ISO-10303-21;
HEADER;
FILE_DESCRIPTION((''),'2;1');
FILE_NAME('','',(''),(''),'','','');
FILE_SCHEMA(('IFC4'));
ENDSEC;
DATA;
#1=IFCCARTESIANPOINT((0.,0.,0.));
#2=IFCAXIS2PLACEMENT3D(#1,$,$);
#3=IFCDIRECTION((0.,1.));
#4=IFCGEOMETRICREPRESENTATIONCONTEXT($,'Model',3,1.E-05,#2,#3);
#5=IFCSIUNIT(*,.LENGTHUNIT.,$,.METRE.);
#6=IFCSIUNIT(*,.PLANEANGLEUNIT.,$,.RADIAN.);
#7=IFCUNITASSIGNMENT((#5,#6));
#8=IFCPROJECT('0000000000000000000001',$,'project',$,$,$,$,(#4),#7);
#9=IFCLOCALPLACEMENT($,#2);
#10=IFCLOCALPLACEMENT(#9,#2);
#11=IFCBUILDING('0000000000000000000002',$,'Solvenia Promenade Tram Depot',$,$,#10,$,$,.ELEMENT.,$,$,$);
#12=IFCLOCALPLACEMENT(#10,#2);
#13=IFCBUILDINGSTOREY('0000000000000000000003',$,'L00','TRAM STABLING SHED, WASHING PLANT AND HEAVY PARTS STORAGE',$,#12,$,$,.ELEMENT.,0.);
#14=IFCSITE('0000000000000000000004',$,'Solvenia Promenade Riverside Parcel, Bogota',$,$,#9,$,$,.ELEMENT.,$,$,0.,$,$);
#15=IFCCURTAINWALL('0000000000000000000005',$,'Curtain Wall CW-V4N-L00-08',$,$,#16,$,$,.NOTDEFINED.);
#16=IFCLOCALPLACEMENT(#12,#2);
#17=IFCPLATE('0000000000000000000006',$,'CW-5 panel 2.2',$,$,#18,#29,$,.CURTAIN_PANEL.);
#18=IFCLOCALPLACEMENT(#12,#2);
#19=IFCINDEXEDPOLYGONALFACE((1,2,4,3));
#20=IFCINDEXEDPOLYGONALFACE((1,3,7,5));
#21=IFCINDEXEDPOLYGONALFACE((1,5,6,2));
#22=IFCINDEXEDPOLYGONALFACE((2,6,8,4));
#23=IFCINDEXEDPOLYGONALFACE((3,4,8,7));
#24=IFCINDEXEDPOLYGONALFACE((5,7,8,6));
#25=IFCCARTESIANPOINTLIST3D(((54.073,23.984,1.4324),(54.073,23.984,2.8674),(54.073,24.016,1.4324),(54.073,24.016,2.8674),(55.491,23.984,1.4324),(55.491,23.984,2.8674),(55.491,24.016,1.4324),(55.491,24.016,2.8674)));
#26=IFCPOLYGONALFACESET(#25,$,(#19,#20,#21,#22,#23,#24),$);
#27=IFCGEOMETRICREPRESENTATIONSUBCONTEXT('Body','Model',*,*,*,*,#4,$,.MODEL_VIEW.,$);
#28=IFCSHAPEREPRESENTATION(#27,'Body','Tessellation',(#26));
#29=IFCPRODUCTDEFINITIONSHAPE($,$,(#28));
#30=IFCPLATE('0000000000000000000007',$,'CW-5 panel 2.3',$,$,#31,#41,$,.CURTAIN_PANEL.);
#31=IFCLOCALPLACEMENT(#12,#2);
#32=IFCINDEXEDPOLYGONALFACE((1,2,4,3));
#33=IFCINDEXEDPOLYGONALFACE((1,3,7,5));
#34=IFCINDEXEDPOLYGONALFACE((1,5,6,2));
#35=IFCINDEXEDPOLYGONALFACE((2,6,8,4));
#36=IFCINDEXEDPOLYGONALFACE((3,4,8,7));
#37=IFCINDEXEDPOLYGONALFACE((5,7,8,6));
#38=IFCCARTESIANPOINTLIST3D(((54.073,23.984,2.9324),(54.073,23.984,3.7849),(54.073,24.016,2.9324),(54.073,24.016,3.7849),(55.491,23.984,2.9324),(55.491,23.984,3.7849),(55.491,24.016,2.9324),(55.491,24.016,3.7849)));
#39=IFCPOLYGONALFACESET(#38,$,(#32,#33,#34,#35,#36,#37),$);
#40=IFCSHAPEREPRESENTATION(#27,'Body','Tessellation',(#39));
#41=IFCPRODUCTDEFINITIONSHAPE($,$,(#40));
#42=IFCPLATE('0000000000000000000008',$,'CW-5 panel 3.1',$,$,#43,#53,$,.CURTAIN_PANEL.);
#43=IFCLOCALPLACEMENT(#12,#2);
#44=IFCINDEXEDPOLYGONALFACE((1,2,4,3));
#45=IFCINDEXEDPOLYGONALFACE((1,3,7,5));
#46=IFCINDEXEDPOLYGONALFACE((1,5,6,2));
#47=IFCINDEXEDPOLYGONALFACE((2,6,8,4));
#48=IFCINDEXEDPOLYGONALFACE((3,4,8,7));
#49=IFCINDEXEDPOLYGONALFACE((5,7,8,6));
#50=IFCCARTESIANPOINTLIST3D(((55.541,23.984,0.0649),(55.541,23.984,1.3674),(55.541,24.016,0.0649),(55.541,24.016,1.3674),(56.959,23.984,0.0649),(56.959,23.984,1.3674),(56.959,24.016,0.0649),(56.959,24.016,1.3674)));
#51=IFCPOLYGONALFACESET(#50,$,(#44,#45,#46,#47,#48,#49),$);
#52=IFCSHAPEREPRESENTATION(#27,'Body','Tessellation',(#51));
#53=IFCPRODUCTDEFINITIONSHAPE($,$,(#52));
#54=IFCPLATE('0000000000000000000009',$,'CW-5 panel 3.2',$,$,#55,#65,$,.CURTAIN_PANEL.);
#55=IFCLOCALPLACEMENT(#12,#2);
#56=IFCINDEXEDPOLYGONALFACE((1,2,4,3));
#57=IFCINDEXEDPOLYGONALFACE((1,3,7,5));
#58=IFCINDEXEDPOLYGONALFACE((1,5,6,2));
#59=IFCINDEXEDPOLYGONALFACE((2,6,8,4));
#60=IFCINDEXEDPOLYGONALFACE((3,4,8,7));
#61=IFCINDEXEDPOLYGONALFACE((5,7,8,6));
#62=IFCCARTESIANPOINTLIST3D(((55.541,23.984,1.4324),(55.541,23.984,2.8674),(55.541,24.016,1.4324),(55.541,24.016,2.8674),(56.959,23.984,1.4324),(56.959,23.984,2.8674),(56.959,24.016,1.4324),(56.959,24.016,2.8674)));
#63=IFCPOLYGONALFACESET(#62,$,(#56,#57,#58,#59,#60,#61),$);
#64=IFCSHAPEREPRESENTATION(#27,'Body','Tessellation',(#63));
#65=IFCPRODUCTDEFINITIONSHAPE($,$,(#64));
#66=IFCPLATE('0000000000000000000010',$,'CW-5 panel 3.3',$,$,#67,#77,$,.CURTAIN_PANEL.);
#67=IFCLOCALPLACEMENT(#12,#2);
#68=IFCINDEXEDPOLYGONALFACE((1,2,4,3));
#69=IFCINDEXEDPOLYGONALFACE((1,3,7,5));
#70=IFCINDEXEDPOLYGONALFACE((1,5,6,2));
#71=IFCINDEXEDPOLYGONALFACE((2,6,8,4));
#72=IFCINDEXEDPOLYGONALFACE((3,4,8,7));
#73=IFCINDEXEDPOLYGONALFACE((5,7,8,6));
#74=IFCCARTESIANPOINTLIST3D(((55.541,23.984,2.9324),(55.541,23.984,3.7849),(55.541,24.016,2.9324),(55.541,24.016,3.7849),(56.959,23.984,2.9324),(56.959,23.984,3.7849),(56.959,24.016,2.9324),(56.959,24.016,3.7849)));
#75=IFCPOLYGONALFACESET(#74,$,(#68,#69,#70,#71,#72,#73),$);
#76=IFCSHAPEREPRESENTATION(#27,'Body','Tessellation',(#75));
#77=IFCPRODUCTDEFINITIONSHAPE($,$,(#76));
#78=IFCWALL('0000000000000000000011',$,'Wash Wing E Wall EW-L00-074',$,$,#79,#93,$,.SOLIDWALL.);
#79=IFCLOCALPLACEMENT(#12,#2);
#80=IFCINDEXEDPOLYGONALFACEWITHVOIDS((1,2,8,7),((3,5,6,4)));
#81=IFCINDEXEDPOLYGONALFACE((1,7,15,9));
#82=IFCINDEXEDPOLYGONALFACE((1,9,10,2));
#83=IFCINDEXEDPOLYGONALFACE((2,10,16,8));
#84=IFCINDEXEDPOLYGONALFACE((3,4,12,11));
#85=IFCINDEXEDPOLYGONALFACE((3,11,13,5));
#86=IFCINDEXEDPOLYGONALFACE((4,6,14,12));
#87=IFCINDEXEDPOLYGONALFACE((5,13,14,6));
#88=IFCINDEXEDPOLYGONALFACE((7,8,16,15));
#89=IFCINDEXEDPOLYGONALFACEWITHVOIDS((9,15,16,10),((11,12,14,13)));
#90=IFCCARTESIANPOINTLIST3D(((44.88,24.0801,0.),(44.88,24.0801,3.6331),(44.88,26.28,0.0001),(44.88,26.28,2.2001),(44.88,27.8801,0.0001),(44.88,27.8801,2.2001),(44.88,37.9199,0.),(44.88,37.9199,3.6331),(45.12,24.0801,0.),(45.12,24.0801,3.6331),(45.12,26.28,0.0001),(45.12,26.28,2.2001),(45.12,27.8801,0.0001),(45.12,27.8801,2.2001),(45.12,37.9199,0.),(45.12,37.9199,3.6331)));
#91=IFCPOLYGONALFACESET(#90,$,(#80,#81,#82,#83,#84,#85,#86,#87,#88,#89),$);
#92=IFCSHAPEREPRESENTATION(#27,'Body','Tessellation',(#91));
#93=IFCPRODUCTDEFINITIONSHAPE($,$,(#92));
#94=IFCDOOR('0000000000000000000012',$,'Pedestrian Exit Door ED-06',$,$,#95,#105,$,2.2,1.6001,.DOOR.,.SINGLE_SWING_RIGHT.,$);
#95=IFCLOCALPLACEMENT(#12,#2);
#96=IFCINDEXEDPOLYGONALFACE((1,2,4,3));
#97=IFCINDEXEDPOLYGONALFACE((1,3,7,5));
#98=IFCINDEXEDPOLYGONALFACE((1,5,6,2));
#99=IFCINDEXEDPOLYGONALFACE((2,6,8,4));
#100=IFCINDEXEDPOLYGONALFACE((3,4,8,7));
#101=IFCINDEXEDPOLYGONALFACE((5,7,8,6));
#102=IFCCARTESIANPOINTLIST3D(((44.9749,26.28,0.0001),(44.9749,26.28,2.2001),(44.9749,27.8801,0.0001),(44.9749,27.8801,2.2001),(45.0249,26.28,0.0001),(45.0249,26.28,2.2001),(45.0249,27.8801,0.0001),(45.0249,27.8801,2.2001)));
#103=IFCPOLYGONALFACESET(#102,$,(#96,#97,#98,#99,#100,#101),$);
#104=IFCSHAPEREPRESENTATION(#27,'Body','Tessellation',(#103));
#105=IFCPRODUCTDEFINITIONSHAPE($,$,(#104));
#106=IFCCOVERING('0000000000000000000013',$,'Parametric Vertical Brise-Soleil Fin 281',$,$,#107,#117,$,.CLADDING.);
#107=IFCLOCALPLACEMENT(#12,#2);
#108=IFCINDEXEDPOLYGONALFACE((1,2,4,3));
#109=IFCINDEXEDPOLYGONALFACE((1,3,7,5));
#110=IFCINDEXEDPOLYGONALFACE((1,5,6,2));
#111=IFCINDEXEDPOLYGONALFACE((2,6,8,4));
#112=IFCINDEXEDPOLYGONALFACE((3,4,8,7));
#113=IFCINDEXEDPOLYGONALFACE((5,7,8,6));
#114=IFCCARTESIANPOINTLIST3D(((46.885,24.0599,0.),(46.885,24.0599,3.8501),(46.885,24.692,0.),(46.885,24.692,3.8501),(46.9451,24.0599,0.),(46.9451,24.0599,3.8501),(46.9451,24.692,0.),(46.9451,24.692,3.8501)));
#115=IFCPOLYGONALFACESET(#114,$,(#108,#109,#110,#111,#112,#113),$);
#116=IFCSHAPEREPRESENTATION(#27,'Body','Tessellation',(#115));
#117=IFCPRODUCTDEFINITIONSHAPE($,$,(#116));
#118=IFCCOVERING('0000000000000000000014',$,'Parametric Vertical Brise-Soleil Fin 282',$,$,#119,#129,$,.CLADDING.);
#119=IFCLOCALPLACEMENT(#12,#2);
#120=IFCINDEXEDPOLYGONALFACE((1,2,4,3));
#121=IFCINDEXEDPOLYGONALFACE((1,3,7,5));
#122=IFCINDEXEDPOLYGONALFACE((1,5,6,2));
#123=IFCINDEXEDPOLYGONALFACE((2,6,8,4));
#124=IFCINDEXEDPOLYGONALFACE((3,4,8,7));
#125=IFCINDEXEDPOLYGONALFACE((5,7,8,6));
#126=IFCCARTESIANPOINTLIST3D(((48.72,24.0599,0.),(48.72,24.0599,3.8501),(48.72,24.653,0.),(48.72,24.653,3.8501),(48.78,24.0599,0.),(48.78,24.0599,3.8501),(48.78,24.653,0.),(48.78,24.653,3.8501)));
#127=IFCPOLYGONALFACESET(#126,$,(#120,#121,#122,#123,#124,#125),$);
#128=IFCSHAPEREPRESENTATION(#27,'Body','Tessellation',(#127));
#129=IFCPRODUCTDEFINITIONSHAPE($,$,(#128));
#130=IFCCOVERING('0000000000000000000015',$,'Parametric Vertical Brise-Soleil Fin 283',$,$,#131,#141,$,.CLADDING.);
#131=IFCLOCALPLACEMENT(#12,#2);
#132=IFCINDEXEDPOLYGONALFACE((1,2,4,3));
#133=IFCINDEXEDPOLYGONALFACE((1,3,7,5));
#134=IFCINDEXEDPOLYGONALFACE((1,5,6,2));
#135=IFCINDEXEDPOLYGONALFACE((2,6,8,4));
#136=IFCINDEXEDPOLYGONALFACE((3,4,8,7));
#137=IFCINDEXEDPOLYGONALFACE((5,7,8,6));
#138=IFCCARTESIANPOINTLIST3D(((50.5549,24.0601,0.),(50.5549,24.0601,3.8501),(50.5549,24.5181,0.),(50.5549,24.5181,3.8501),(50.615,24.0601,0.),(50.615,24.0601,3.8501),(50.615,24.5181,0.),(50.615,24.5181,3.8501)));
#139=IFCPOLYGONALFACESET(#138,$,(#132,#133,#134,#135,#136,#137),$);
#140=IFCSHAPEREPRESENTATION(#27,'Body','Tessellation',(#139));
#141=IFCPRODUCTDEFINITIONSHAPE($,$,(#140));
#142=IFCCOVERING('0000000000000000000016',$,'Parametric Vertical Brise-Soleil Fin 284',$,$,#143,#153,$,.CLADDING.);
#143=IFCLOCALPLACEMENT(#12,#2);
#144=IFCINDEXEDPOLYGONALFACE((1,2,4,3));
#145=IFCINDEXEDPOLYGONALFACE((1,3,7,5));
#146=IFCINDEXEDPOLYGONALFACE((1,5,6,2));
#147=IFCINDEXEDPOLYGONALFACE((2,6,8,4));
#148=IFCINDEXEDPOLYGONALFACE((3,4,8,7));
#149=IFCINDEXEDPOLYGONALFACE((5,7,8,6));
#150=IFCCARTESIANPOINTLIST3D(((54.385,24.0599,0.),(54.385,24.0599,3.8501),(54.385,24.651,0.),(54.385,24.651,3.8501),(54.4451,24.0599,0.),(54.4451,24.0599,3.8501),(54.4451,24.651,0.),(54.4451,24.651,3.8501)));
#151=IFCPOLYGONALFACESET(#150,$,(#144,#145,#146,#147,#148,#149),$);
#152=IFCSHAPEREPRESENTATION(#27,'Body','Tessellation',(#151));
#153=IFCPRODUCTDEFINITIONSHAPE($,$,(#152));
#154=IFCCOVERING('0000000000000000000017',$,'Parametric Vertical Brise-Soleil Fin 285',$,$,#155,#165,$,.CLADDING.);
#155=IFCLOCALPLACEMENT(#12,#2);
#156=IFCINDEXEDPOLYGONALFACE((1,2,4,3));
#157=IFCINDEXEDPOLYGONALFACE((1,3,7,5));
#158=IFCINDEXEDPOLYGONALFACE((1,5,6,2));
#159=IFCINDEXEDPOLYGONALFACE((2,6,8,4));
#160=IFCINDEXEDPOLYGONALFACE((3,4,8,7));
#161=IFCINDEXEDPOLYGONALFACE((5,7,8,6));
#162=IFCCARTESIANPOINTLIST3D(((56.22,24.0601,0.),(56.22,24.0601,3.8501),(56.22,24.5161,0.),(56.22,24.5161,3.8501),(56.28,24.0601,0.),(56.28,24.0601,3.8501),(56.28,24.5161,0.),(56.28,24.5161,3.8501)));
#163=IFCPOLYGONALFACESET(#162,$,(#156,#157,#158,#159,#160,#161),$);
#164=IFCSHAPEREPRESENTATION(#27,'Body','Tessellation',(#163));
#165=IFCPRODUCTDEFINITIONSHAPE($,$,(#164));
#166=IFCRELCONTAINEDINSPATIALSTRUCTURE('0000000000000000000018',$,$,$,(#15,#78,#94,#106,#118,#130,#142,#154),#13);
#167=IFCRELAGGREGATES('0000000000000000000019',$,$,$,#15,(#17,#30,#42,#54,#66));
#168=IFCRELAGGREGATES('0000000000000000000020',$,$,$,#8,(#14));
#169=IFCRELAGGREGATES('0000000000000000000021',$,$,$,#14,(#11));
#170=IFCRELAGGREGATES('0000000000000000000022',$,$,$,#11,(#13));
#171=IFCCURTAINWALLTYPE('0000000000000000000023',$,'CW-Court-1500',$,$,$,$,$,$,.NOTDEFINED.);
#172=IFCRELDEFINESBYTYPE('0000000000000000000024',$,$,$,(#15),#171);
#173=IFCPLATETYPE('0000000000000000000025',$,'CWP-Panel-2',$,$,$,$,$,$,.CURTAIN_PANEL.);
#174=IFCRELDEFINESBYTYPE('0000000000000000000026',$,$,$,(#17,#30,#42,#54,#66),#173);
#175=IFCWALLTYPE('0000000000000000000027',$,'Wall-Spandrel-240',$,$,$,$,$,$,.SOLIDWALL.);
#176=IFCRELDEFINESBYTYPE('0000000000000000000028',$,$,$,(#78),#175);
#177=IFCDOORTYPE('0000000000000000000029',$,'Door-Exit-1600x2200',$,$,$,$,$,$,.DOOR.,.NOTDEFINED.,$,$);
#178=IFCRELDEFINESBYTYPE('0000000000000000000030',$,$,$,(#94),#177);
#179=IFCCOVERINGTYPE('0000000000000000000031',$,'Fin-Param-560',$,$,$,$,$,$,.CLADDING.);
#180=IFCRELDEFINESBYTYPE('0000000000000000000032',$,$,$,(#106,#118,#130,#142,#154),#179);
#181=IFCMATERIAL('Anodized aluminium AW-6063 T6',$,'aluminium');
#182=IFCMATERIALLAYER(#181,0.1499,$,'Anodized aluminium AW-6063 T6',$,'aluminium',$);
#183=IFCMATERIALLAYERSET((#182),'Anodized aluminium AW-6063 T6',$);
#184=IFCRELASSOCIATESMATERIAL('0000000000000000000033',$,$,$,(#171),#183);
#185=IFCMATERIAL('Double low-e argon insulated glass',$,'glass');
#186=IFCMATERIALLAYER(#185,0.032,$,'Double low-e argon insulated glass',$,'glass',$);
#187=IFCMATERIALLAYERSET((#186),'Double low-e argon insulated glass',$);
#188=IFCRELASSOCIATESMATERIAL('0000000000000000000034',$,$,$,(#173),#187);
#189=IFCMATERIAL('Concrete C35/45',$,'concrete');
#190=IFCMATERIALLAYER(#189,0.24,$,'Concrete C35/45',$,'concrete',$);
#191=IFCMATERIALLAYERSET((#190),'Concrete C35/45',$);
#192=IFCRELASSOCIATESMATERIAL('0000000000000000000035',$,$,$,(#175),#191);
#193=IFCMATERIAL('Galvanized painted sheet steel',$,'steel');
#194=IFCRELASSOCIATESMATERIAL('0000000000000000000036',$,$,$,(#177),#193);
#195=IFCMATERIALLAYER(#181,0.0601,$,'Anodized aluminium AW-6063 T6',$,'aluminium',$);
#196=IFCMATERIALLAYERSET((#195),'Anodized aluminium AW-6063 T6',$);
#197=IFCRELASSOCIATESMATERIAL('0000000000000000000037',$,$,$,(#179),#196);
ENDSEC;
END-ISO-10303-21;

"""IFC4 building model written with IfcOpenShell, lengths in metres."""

from ifc_helpers import new_model, si_unit, direction, frame, frame_2d, origin, origin_2d, place, context, subcontext, project, spatial, rectangle, extrude, material, layer, layer_set, type_object, element, fill, aggregate, save


model = new_model("IFC4")

# Units and contexts
model_context = context("Model", 3, precision=1e-05, world=origin(), true_north=direction((0.0, 1.0)))
body_context = subcontext(model_context, "Body", "Model", "MODEL_VIEW")
ifc_project = project(units=[si_unit("LENGTHUNIT", "METRE"), si_unit("PLANEANGLEUNIT", "RADIAN")], contexts=[model_context])

# Site, building, storey
site_placement = place(None, origin())
site = spatial("IfcSite", under=ifc_project, at=site_placement, Name="Solvenia Promenade Riverside Parcel, Bogota", CompositionType="ELEMENT", RefElevation=0.0)
building_placement = place(site_placement, origin())
building = spatial("IfcBuilding", under=site, at=building_placement, Name="Solvenia Promenade Tram Depot", CompositionType="ELEMENT")
storey_placement = place(building_placement, origin())
storey = spatial("IfcBuildingStorey", under=building, at=storey_placement, Name="L00", Description="TRAM STABLING SHED, WASHING PLANT AND HEAVY PARTS STORAGE", CompositionType="ELEMENT", Elevation=0.0)

# Curtain wall, plates
ifc_material_1 = material(Name="Anodized aluminium AW-6063 T6", Category="aluminium")
ifc_layer_1 = layer(ifc_material_1, 0.1499, Name="Anodized aluminium AW-6063 T6", Category="aluminium")
ifc_layer_set_1 = layer_set([ifc_layer_1], Name="Anodized aluminium AW-6063 T6")
curtain_wall_type = type_object("IfcCurtainWallType", Name="CW-Court-1500", PredefinedType="NOTDEFINED", material=ifc_layer_set_1)
curtain_wall_placement = place(storey_placement, origin())
curtain_wall = element("IfcCurtainWall", 1, at=curtain_wall_placement, inside=storey, type_object=curtain_wall_type, Name="Curtain Wall CW-V4N-L00-08", PredefinedType="NOTDEFINED")
ifc_material_2 = material(Name="Double low-e argon insulated glass", Category="glass")
ifc_layer_2 = layer(ifc_material_2, 0.032, Name="Double low-e argon insulated glass", Category="glass")
ifc_layer_set_2 = layer_set([ifc_layer_2], Name="Double low-e argon insulated glass")
plate_type = type_object("IfcPlateType", Name="CWP-Panel-2", PredefinedType="CURTAIN_PANEL", material=ifc_layer_set_2)
plate_1_placement = place(storey_placement, frame((54.782, 24.0, 1.4324), z_axis=(0.0, 0.0, 1.0), x_axis=(1.0, 0.0, 0.0)))
plate_1 = element("IfcPlate", 2, at=plate_1_placement, type_object=plate_type, Name="CW-5 panel 2.2", PredefinedType="CURTAIN_PANEL", context=body_context, shape_type="SweptSolid", body=[
    extrude(rectangle(XDim=1.418, YDim=0.032, at=origin_2d()), origin(), (0.0, 0.0, 1.0), 1.4351),
])
plate_2_placement = place(storey_placement, frame((54.782, 24.0, 2.9324), z_axis=(0.0, 0.0, 1.0), x_axis=(1.0, 0.0, 0.0)))
plate_2 = element("IfcPlate", 3, at=plate_2_placement, type_object=plate_type, Name="CW-5 panel 2.3", PredefinedType="CURTAIN_PANEL", context=body_context, shape_type="SweptSolid", body=[
    extrude(rectangle(XDim=1.418, YDim=0.032, at=origin_2d()), origin(), (0.0, 0.0, 1.0), 0.8525),
])
plate_3_placement = place(storey_placement, frame((56.25, 24.0, 0.0649), z_axis=(0.0, 0.0, 1.0), x_axis=(1.0, 0.0, 0.0)))
plate_3 = element("IfcPlate", 4, at=plate_3_placement, type_object=plate_type, Name="CW-5 panel 3.1", PredefinedType="CURTAIN_PANEL", context=body_context, shape_type="SweptSolid", body=[
    extrude(rectangle(XDim=1.418, YDim=0.032, at=origin_2d()), origin(), (0.0, 0.0, 1.0), 1.3025),
])
plate_4_placement = place(storey_placement, frame((56.25, 24.0, 1.4324), z_axis=(0.0, 0.0, 1.0), x_axis=(1.0, 0.0, 0.0)))
plate_4 = element("IfcPlate", 5, at=plate_4_placement, type_object=plate_type, Name="CW-5 panel 3.2", PredefinedType="CURTAIN_PANEL", context=body_context, shape_type="SweptSolid", body=[
    extrude(rectangle(XDim=1.418, YDim=0.032, at=origin_2d()), origin(), (0.0, 0.0, 1.0), 1.4351),
])
plate_5_placement = place(storey_placement, frame((56.25, 24.0, 2.9324), z_axis=(0.0, 0.0, 1.0), x_axis=(1.0, 0.0, 0.0)))
plate_5 = element("IfcPlate", 6, at=plate_5_placement, type_object=plate_type, Name="CW-5 panel 3.3", PredefinedType="CURTAIN_PANEL", context=body_context, shape_type="SweptSolid", body=[
    extrude(rectangle(XDim=1.418, YDim=0.032, at=origin_2d()), origin(), (0.0, 0.0, 1.0), 0.8525),
])
aggregate(curtain_wall, [plate_1, plate_2, plate_3, plate_4, plate_5])

# Wall, opening, door
ifc_material_3 = material(Name="Concrete C35/45", Category="concrete")
ifc_layer_3 = layer(ifc_material_3, 0.24, Name="Concrete C35/45", Category="concrete")
ifc_layer_set_3 = layer_set([ifc_layer_3], Name="Concrete C35/45")
wall_type = type_object("IfcWallType", Name="Wall-Spandrel-240", PredefinedType="SOLIDWALL", material=ifc_layer_set_3)
wall_placement = place(storey_placement, frame((45.0, 24.0801, 0.0), z_axis=(0.0, 0.0, 1.0), x_axis=(0.0, 1.0, 0.0)))
wall = element("IfcWall", 7, at=wall_placement, inside=storey, type_object=wall_type, Name="Wash Wing E Wall EW-L00-074", PredefinedType="SOLIDWALL", context=body_context, shape_type="SweptSolid", body=[
    extrude(rectangle(XDim=13.8398, YDim=0.24, at=frame_2d((6.9199, 0.0))), origin(), (0.0, 0.0, 1.0), 3.6331),
])
opening_placement = place(wall_placement, frame((2.2, 0.0, 0.0)))
opening = element("IfcOpeningElement", 8, at=opening_placement, cuts=wall, PredefinedType="OPENING", context=body_context, shape_type="SweptSolid", body=[
    extrude(rectangle(XDim=1.6001, YDim=2.2, at=frame_2d((0.8, 1.1001))), frame((0.0, 0.1299, 0.0), z_axis=(0.0, -1.0, 0.0), x_axis=(1.0, 0.0, 0.0)), (0.0, 0.0, 1.0), 0.26),
])
ifc_material_4 = material(Name="Galvanized painted sheet steel", Category="steel")
door_type = type_object("IfcDoorType", Name="Door-Exit-1600x2200", OperationType="NOTDEFINED", PredefinedType="DOOR", material=ifc_material_4)
door_placement = place(opening_placement, frame((1.6001, 0.0, 0.0), z_axis=(0.0, 0.0, 1.0), x_axis=(-1.0, 0.0, 0.0)))
door = element("IfcDoor", 9, at=door_placement, inside=storey, type_object=door_type, Name="Pedestrian Exit Door ED-06", OperationType="SINGLE_SWING_RIGHT", OverallHeight=2.2, OverallWidth=1.6001, PredefinedType="DOOR", context=body_context, shape_type="SweptSolid", body=[
    extrude(rectangle(XDim=1.6001, YDim=2.2, at=frame_2d((0.8, 1.1001))), frame((0.0, 0.0249, 0.0), z_axis=(0.0, -1.0, 0.0), x_axis=(1.0, 0.0, 0.0)), (0.0, 0.0, 1.0), 0.05),
])
fill(opening, door)

# Coverings
ifc_layer_4 = layer(ifc_material_1, 0.0601, Name="Anodized aluminium AW-6063 T6", Category="aluminium")
ifc_layer_set_4 = layer_set([ifc_layer_4], Name="Anodized aluminium AW-6063 T6")
covering_type = type_object("IfcCoveringType", Name="Fin-Param-560", PredefinedType="CLADDING", material=ifc_layer_set_4)
covering_1_placement = place(storey_placement, frame((46.915, 24.376, 0.0), z_axis=(0.0, 0.0, 1.0), x_axis=(1.0, 0.0, 0.0)))
element("IfcCovering", 10, at=covering_1_placement, inside=storey, type_object=covering_type, Name="Parametric Vertical Brise-Soleil Fin 281", PredefinedType="CLADDING", context=body_context, shape_type="SweptSolid", body=[
    extrude(rectangle(XDim=0.0601, YDim=0.6321, at=origin_2d()), origin(), (0.0, 0.0, 1.0), 3.8501),
])
covering_2_placement = place(storey_placement, frame((48.75, 24.3564, 0.0), z_axis=(0.0, 0.0, 1.0), x_axis=(1.0, 0.0, 0.0)))
element("IfcCovering", 11, at=covering_2_placement, inside=storey, type_object=covering_type, Name="Parametric Vertical Brise-Soleil Fin 282", PredefinedType="CLADDING", context=body_context, shape_type="SweptSolid", body=[
    extrude(rectangle(XDim=0.0601, YDim=0.593, at=origin_2d()), origin(), (0.0, 0.0, 1.0), 3.8501),
])
covering_3_placement = place(storey_placement, frame((50.585, 24.2891, 0.0), z_axis=(0.0, 0.0, 1.0), x_axis=(1.0, 0.0, 0.0)))
element("IfcCovering", 12, at=covering_3_placement, inside=storey, type_object=covering_type, Name="Parametric Vertical Brise-Soleil Fin 283", PredefinedType="CLADDING", context=body_context, shape_type="SweptSolid", body=[
    extrude(rectangle(XDim=0.0601, YDim=0.458, at=origin_2d()), origin(), (0.0, 0.0, 1.0), 3.8501),
])
covering_4_placement = place(storey_placement, frame((54.415, 24.3555, 0.0), z_axis=(0.0, 0.0, 1.0), x_axis=(1.0, 0.0, 0.0)))
element("IfcCovering", 13, at=covering_4_placement, inside=storey, type_object=covering_type, Name="Parametric Vertical Brise-Soleil Fin 284", PredefinedType="CLADDING", context=body_context, shape_type="SweptSolid", body=[
    extrude(rectangle(XDim=0.0601, YDim=0.5911, at=origin_2d()), origin(), (0.0, 0.0, 1.0), 3.8501),
])
covering_5_placement = place(storey_placement, frame((56.25, 24.2881, 0.0), z_axis=(0.0, 0.0, 1.0), x_axis=(1.0, 0.0, 0.0)))
element("IfcCovering", 14, at=covering_5_placement, inside=storey, type_object=covering_type, Name="Parametric Vertical Brise-Soleil Fin 285", PredefinedType="CLADDING", context=body_context, shape_type="SweptSolid", body=[
    extrude(rectangle(XDim=0.0601, YDim=0.4561, at=origin_2d()), origin(), (0.0, 0.0, 1.0), 3.8501),
])

save(model, "model.ifc")
